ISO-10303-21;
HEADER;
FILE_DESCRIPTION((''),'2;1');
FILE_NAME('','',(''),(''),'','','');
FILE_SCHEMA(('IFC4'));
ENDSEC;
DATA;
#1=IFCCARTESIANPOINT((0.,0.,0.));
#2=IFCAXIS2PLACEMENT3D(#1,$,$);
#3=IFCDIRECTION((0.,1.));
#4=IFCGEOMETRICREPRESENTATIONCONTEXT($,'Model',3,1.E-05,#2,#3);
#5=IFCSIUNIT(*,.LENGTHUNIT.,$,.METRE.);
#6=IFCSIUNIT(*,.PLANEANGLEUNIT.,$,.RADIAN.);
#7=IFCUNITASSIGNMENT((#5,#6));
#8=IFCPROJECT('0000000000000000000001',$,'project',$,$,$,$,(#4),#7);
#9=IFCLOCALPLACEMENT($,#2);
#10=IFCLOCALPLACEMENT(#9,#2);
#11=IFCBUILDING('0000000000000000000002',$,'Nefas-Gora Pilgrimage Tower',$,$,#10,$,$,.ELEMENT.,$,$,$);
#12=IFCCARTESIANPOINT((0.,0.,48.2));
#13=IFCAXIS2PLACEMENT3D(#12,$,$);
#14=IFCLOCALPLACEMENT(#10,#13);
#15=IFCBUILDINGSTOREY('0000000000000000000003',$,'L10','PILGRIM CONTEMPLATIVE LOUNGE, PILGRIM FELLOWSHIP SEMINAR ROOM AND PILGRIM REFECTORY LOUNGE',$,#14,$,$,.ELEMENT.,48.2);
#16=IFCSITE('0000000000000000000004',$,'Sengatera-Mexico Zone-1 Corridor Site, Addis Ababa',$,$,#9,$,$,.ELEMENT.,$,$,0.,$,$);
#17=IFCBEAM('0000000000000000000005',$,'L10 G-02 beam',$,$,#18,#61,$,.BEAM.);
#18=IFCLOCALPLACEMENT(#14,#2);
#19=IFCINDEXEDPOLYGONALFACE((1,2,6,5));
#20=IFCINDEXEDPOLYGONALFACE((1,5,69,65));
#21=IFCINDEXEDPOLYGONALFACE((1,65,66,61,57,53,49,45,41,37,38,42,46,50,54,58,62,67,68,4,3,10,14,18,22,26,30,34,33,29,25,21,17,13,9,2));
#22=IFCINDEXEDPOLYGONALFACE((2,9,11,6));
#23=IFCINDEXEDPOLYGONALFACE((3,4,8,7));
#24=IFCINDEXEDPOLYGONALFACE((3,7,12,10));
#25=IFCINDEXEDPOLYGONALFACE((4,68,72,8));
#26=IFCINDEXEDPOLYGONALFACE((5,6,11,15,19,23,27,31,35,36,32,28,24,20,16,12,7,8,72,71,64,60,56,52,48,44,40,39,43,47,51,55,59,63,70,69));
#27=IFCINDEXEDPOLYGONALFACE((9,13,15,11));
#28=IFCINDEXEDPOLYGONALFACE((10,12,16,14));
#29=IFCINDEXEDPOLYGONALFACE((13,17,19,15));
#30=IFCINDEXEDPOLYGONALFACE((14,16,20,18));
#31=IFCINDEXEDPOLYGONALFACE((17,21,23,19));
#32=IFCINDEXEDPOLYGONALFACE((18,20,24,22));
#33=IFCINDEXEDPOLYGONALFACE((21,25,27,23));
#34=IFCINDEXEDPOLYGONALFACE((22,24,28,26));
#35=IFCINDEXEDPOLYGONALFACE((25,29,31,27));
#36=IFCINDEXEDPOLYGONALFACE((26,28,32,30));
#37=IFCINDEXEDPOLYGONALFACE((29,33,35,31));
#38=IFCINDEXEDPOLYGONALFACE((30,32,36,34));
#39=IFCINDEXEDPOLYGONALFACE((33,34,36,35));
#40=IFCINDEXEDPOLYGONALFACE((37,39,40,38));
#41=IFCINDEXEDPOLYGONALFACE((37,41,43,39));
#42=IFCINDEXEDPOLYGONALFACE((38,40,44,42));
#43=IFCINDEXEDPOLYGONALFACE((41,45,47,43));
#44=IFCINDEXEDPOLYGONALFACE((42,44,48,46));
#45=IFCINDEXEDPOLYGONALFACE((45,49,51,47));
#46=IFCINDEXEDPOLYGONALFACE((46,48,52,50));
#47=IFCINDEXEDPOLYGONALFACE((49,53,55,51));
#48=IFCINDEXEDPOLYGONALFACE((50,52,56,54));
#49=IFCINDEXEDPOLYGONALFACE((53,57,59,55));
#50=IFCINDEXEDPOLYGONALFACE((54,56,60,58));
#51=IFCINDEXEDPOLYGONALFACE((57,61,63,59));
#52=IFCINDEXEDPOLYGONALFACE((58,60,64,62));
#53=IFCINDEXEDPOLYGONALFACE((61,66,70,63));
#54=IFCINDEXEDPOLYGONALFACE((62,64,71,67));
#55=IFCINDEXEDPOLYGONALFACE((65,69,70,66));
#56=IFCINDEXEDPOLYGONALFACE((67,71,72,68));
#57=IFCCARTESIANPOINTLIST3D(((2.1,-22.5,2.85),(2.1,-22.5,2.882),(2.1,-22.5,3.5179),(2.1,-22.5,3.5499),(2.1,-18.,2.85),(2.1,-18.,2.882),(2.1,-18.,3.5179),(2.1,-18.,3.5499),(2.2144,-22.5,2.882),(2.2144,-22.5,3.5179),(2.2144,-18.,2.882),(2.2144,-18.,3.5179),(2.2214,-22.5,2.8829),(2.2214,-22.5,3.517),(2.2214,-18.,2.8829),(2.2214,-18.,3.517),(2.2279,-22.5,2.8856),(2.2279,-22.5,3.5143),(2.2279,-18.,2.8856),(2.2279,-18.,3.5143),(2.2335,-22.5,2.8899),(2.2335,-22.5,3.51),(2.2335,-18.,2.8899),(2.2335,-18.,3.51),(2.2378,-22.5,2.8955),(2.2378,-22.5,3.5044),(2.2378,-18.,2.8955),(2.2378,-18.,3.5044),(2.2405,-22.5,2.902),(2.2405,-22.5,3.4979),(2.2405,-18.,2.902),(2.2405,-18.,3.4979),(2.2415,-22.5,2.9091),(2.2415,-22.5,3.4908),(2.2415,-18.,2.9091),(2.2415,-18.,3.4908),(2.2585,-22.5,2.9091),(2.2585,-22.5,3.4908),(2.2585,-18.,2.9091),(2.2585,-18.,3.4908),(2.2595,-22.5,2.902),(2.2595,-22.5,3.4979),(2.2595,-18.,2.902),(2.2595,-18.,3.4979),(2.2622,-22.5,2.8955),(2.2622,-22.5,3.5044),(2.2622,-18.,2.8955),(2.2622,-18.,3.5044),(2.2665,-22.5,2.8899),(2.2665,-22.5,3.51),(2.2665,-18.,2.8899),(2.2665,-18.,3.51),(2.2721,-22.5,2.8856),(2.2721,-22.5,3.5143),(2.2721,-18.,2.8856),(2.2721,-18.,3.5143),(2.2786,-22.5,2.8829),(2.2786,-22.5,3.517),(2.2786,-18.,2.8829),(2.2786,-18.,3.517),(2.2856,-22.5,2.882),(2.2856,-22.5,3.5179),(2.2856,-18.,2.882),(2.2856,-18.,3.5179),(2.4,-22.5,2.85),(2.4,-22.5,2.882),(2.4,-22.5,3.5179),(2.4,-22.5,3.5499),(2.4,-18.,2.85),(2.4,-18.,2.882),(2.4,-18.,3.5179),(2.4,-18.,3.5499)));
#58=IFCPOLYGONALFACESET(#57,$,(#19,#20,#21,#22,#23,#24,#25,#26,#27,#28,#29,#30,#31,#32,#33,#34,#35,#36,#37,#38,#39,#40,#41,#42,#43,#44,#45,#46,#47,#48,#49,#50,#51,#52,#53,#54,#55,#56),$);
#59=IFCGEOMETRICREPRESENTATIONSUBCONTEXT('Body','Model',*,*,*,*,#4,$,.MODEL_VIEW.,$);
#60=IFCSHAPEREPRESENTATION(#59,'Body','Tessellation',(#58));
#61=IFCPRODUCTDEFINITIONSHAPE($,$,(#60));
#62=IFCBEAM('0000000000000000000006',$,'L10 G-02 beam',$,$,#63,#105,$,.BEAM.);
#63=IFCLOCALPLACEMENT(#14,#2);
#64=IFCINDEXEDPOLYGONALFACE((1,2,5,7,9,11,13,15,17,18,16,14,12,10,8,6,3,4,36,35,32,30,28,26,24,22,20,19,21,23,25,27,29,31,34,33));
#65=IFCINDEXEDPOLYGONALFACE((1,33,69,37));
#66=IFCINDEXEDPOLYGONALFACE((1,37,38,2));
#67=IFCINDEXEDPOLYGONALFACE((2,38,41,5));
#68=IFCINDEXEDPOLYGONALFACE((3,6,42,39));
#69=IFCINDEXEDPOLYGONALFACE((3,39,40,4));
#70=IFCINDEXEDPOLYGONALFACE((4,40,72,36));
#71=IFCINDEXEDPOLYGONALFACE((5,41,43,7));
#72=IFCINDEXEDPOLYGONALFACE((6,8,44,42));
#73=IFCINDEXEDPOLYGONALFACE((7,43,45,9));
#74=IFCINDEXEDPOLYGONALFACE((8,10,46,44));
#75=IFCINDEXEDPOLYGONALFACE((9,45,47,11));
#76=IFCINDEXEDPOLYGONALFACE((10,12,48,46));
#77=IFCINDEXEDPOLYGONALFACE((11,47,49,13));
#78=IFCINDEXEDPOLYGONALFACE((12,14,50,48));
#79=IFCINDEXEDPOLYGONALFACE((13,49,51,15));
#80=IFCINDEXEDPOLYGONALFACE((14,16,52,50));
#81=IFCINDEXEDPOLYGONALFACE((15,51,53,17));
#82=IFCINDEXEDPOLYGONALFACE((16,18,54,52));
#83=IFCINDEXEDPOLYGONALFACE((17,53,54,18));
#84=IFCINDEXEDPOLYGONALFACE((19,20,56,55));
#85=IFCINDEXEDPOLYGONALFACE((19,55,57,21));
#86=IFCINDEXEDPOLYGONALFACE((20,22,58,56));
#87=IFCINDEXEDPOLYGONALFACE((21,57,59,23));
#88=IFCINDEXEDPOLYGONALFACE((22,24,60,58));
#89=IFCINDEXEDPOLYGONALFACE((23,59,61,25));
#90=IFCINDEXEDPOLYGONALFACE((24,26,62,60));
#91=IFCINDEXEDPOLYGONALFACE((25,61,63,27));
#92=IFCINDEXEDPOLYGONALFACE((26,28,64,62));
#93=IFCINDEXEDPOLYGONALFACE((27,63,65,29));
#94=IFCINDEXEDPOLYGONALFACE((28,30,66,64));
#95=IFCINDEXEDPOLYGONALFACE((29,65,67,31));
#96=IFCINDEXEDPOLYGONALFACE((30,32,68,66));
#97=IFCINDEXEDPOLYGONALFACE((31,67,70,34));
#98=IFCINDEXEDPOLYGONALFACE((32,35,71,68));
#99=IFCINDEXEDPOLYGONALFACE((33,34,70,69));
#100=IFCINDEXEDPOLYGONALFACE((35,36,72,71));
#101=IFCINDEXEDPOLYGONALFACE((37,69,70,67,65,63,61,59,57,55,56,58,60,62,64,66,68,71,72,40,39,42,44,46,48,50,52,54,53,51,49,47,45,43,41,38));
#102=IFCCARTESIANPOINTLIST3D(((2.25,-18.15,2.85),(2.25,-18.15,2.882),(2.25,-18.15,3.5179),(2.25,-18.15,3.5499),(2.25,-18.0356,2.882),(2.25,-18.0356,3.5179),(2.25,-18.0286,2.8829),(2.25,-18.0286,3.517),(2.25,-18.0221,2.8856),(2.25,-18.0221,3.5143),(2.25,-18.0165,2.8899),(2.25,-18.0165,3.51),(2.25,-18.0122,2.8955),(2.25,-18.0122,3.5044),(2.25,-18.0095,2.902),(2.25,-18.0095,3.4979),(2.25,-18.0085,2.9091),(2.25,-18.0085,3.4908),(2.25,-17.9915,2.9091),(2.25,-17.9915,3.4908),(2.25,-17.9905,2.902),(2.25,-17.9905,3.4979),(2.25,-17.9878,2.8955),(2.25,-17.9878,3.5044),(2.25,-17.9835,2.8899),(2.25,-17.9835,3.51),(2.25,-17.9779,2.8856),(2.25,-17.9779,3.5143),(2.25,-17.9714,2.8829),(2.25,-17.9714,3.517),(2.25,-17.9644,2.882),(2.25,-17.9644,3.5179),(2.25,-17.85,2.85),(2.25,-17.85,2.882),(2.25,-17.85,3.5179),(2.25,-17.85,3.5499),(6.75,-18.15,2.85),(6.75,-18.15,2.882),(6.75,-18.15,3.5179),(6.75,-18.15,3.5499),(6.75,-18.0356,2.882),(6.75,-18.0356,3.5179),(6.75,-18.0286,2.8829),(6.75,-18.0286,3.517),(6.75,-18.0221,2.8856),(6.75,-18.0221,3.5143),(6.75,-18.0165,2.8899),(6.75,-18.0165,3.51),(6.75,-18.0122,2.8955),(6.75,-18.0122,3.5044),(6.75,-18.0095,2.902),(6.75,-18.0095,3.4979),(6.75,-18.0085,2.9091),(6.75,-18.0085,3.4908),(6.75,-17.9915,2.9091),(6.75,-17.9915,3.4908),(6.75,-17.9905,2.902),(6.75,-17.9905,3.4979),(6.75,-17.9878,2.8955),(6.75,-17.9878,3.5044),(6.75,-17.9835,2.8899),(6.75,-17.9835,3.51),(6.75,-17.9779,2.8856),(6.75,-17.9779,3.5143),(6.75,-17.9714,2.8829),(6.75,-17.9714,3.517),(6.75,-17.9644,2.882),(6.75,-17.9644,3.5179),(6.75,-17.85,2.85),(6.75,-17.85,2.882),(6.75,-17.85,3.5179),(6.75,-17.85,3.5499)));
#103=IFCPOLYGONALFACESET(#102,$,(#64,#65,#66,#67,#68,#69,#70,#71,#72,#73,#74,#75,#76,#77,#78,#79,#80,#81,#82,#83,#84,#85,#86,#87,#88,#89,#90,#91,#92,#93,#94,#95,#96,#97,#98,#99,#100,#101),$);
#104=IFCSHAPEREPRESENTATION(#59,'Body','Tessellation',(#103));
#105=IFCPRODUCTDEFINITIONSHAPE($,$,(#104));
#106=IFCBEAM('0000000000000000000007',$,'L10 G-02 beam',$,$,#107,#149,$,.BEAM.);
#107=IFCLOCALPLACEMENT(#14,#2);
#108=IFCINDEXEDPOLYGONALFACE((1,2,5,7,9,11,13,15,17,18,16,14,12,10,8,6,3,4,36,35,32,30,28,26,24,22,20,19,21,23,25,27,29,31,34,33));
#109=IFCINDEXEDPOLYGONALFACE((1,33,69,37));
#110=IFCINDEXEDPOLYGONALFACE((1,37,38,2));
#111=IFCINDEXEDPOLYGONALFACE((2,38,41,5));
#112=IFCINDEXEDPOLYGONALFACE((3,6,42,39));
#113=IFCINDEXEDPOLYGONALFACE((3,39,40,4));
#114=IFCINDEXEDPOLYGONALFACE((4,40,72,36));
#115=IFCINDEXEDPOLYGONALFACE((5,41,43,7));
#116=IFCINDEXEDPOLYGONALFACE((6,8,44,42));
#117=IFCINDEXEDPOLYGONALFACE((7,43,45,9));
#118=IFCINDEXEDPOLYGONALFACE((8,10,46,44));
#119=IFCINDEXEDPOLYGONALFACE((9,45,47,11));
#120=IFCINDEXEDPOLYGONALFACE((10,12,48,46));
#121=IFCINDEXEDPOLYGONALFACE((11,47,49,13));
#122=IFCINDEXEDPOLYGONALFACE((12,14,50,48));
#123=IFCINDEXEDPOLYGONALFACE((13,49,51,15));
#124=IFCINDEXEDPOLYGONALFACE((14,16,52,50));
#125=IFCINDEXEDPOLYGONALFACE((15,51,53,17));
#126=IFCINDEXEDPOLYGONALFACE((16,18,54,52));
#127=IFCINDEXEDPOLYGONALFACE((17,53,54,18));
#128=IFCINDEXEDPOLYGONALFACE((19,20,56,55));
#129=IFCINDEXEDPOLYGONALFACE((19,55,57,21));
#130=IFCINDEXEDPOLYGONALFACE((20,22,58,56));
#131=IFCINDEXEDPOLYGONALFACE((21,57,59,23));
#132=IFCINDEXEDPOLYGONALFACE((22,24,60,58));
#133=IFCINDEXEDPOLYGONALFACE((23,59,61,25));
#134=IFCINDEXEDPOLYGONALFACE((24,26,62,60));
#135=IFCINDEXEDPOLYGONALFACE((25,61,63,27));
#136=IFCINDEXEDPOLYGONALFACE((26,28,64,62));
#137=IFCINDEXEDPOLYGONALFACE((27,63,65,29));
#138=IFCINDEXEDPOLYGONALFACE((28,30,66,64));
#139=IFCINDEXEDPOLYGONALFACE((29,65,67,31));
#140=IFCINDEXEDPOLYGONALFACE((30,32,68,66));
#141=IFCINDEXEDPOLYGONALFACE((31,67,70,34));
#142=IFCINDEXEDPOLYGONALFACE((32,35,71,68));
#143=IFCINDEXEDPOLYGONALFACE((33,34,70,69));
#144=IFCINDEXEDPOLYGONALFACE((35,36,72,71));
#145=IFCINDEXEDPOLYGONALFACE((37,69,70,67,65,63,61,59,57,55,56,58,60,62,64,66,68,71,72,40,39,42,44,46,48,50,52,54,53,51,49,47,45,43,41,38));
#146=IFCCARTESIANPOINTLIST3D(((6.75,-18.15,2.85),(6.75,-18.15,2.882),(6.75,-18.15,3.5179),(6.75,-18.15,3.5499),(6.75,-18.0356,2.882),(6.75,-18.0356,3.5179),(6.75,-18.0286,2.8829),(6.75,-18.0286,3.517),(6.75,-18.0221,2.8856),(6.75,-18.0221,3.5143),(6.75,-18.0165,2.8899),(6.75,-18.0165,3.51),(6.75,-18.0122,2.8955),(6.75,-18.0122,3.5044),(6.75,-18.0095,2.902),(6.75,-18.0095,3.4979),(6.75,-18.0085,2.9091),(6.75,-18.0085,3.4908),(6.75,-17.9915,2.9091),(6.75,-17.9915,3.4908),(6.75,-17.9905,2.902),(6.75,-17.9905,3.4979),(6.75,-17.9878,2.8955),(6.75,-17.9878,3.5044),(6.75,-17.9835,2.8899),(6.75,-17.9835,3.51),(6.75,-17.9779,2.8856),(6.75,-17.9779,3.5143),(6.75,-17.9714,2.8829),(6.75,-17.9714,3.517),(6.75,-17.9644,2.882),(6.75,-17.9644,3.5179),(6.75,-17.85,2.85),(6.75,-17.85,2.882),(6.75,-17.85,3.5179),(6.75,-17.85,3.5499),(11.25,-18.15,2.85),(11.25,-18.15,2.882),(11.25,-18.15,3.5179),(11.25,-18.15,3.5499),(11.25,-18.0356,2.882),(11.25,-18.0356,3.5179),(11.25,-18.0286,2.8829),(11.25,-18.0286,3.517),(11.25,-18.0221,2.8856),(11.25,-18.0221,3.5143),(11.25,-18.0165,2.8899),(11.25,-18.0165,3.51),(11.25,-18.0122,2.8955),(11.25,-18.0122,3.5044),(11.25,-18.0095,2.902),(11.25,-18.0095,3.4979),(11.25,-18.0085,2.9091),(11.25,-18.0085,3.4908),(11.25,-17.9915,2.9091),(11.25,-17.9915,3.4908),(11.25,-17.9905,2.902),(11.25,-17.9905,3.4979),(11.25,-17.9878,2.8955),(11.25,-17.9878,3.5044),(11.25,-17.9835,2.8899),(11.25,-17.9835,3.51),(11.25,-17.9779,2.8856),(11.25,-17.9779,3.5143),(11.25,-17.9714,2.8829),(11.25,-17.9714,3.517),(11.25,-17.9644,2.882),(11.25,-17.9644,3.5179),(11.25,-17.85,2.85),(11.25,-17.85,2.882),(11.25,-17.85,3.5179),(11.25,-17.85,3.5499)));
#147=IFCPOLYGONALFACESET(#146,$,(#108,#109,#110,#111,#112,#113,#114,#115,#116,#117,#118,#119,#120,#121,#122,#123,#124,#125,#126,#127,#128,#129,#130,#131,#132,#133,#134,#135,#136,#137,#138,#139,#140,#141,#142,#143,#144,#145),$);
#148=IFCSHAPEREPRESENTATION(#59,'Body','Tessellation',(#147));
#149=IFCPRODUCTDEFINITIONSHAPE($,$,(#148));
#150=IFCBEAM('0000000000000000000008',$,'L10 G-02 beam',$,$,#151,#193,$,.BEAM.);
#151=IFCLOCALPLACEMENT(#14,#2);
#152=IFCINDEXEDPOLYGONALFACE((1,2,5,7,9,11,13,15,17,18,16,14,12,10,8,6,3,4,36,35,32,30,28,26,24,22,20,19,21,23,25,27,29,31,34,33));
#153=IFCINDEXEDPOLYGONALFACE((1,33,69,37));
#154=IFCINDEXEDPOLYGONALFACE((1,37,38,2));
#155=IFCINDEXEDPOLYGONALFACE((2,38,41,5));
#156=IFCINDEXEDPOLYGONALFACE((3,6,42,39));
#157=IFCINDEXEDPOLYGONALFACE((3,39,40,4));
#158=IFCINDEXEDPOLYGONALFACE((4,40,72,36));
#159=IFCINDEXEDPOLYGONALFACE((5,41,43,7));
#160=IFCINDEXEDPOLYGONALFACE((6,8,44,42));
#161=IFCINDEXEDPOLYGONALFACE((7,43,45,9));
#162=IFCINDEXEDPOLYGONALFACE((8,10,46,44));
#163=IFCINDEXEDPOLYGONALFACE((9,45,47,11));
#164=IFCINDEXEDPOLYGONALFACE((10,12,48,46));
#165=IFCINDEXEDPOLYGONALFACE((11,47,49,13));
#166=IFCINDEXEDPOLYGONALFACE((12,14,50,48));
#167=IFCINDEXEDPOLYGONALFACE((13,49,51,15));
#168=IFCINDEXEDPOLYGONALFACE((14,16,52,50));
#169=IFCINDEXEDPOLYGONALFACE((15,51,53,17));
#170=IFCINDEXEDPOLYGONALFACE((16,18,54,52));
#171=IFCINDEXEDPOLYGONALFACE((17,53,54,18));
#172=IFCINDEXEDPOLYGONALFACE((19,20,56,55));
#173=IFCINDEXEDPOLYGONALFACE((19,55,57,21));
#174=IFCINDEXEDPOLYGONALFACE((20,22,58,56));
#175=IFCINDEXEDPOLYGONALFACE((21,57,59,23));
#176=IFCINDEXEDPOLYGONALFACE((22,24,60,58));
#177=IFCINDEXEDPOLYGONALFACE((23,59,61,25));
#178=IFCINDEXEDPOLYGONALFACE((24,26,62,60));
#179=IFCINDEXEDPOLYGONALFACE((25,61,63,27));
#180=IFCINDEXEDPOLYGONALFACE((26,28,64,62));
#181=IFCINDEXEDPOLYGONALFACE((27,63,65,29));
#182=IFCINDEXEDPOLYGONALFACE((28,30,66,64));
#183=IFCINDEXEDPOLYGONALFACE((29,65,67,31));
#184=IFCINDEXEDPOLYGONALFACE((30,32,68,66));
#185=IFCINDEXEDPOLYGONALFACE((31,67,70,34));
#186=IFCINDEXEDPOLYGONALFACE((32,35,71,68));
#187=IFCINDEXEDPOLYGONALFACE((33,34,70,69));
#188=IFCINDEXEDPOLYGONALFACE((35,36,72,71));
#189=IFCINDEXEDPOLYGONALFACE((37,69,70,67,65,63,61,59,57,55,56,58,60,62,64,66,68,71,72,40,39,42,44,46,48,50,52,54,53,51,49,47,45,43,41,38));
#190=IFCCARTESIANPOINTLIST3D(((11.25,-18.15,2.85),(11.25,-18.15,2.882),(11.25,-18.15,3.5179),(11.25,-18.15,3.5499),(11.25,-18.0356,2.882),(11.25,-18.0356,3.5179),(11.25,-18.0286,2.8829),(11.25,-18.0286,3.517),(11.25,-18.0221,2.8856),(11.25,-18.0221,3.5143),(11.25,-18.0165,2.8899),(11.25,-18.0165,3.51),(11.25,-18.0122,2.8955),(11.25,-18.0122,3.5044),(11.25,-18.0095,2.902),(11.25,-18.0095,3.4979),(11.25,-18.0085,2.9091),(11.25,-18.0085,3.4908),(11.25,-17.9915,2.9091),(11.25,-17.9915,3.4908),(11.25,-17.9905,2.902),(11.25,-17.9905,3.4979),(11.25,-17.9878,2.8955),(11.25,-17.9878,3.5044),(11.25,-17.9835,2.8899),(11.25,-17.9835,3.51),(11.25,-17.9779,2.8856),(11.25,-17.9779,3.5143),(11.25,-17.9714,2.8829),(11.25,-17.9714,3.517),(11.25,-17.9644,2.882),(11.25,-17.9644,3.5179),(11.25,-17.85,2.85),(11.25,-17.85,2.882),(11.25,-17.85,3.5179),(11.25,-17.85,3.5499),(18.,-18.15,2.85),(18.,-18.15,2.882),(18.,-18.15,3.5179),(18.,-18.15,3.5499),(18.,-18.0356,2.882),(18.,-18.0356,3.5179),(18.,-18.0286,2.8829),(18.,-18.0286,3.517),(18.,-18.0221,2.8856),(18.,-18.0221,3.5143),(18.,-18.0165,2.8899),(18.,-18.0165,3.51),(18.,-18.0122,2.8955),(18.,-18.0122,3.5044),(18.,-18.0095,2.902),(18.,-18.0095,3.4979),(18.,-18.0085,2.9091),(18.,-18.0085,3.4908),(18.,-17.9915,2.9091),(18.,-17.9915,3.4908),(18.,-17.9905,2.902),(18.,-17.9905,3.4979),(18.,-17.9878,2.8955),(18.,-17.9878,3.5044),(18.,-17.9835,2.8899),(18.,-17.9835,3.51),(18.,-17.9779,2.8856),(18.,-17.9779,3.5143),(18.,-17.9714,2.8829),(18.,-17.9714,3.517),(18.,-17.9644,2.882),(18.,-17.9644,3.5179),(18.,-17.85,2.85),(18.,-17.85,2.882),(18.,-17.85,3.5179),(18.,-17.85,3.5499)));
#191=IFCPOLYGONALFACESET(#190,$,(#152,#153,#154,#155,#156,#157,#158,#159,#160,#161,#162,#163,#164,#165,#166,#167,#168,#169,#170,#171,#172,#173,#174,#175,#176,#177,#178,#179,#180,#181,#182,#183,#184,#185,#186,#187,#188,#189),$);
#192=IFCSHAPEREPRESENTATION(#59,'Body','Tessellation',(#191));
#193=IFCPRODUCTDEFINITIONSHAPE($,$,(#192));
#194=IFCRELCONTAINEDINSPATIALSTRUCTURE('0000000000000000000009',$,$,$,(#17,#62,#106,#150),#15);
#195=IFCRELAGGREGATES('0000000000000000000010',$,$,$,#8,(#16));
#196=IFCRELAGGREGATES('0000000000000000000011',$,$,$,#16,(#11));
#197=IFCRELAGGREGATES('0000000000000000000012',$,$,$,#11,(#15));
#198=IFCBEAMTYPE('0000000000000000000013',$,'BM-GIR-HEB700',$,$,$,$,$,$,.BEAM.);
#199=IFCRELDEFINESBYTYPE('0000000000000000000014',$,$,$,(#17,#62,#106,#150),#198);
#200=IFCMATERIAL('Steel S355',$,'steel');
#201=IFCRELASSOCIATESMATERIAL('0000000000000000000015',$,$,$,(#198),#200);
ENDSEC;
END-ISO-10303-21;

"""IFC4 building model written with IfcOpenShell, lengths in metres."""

from ifc_helpers import new_model, si_unit, direction, frame, origin, origin_2d, place, context, subcontext, project, spatial, i_section, extrude, source, transform, mapped, material, material_profile, profile_set, type_object, element, save


model = new_model("IFC4")

# Units and contexts
model_context = context("Model", 3, precision=1e-05, world=origin(), true_north=direction((0.0, 1.0)))
body_context = subcontext(model_context, "Body", "Model", "MODEL_VIEW")
ifc_project = project(units=[si_unit("LENGTHUNIT", "METRE"), si_unit("PLANEANGLEUNIT", "RADIAN")], contexts=[model_context])

# Site, building, storey
site_placement = place(None, origin())
site = spatial("IfcSite", under=ifc_project, at=site_placement, Name="Sengatera-Mexico Zone-1 Corridor Site, Addis Ababa", CompositionType="ELEMENT", RefElevation=0.0)
building_placement = place(site_placement, origin())
building = spatial("IfcBuilding", under=site, at=building_placement, Name="Nefas-Gora Pilgrimage Tower", CompositionType="ELEMENT")
storey_placement = place(building_placement, frame((0.0, 0.0, 48.2)))
storey = spatial("IfcBuildingStorey", under=building, at=storey_placement, Name="L10", Description="PILGRIM CONTEMPLATIVE LOUNGE, PILGRIM FELLOWSHIP SEMINAR ROOM AND PILGRIM REFECTORY LOUNGE", CompositionType="ELEMENT", Elevation=48.2)

# Beams
ifc_material_1 = material(Name="Steel S355", Category="steel")
ifc_material_profile_1 = material_profile(ifc_material_1, i_section(OverallWidth=0.3, OverallDepth=0.7, WebThickness=0.0171, FlangeThickness=0.032, FilletRadius=0.0271, at=origin_2d()), Name="HEB 700")
ifc_profile_set_1 = profile_set([ifc_material_profile_1], Name="Steel S355")
beam_type_1 = type_object("IfcBeamType", Name="BM-GIR-HEB700", PredefinedType="BEAM", material=ifc_profile_set_1)
shared_shape_1 = source(origin(), body_context, "Body", "SweptSolid", [
    extrude(i_section(OverallWidth=0.3, OverallDepth=0.7, WebThickness=0.0171, FlangeThickness=0.032, FilletRadius=0.0271, at=origin_2d()), origin(), (0.0, 0.0, 1.0), 4.5),
])
for number, where, z_axis, x_axis, name in (
    (1, (2.25, -22.5, 3.2), (0.0, 1.0, 0.0), (-1.0, 0.0, 0.0), "L10 G-02 beam"),
    (2, (2.25, -18.0, 3.2), (1.0, 0.0, 0.0), (0.0, 1.0, 0.0), "L10 G-02 beam"),
    (3, (6.75, -18.0, 3.2), (1.0, 0.0, 0.0), (0.0, 1.0, 0.0), "L10 G-02 beam"),
):
    element("IfcBeam", number, at=place(storey_placement, frame(where, z_axis=z_axis, x_axis=x_axis)), inside=storey, type_object=beam_type_1, Name=name, PredefinedType="BEAM", context=body_context, shape_type="MappedRepresentation", body=[
        mapped(shared_shape_1, transform((0.0, 0.0, 0.0), x_axis=(1.0, 0.0, 0.0), y_axis=(0.0, 1.0, 0.0), z_axis=(0.0, 0.0, 1.0), scale=1.0)),
    ])
shared_shape_2 = source(origin(), body_context, "Body", "SweptSolid", [
    extrude(i_section(OverallWidth=0.3, OverallDepth=0.7, WebThickness=0.0171, FlangeThickness=0.032, FilletRadius=0.0271, at=origin_2d()), origin(), (0.0, 0.0, 1.0), 6.75),
])
beam_1_placement = place(storey_placement, frame((11.25, -18.0, 3.2), z_axis=(1.0, 0.0, 0.0), x_axis=(0.0, 1.0, 0.0)))
element("IfcBeam", 4, at=beam_1_placement, inside=storey, type_object=beam_type_1, Name="L10 G-02 beam", PredefinedType="BEAM", context=body_context, shape_type="MappedRepresentation", body=[
    mapped(shared_shape_2, transform((0.0, 0.0, 0.0), x_axis=(1.0, 0.0, 0.0), y_axis=(0.0, 1.0, 0.0), z_axis=(0.0, 0.0, 1.0), scale=1.0)),
])

save(model, "model.ifc")
